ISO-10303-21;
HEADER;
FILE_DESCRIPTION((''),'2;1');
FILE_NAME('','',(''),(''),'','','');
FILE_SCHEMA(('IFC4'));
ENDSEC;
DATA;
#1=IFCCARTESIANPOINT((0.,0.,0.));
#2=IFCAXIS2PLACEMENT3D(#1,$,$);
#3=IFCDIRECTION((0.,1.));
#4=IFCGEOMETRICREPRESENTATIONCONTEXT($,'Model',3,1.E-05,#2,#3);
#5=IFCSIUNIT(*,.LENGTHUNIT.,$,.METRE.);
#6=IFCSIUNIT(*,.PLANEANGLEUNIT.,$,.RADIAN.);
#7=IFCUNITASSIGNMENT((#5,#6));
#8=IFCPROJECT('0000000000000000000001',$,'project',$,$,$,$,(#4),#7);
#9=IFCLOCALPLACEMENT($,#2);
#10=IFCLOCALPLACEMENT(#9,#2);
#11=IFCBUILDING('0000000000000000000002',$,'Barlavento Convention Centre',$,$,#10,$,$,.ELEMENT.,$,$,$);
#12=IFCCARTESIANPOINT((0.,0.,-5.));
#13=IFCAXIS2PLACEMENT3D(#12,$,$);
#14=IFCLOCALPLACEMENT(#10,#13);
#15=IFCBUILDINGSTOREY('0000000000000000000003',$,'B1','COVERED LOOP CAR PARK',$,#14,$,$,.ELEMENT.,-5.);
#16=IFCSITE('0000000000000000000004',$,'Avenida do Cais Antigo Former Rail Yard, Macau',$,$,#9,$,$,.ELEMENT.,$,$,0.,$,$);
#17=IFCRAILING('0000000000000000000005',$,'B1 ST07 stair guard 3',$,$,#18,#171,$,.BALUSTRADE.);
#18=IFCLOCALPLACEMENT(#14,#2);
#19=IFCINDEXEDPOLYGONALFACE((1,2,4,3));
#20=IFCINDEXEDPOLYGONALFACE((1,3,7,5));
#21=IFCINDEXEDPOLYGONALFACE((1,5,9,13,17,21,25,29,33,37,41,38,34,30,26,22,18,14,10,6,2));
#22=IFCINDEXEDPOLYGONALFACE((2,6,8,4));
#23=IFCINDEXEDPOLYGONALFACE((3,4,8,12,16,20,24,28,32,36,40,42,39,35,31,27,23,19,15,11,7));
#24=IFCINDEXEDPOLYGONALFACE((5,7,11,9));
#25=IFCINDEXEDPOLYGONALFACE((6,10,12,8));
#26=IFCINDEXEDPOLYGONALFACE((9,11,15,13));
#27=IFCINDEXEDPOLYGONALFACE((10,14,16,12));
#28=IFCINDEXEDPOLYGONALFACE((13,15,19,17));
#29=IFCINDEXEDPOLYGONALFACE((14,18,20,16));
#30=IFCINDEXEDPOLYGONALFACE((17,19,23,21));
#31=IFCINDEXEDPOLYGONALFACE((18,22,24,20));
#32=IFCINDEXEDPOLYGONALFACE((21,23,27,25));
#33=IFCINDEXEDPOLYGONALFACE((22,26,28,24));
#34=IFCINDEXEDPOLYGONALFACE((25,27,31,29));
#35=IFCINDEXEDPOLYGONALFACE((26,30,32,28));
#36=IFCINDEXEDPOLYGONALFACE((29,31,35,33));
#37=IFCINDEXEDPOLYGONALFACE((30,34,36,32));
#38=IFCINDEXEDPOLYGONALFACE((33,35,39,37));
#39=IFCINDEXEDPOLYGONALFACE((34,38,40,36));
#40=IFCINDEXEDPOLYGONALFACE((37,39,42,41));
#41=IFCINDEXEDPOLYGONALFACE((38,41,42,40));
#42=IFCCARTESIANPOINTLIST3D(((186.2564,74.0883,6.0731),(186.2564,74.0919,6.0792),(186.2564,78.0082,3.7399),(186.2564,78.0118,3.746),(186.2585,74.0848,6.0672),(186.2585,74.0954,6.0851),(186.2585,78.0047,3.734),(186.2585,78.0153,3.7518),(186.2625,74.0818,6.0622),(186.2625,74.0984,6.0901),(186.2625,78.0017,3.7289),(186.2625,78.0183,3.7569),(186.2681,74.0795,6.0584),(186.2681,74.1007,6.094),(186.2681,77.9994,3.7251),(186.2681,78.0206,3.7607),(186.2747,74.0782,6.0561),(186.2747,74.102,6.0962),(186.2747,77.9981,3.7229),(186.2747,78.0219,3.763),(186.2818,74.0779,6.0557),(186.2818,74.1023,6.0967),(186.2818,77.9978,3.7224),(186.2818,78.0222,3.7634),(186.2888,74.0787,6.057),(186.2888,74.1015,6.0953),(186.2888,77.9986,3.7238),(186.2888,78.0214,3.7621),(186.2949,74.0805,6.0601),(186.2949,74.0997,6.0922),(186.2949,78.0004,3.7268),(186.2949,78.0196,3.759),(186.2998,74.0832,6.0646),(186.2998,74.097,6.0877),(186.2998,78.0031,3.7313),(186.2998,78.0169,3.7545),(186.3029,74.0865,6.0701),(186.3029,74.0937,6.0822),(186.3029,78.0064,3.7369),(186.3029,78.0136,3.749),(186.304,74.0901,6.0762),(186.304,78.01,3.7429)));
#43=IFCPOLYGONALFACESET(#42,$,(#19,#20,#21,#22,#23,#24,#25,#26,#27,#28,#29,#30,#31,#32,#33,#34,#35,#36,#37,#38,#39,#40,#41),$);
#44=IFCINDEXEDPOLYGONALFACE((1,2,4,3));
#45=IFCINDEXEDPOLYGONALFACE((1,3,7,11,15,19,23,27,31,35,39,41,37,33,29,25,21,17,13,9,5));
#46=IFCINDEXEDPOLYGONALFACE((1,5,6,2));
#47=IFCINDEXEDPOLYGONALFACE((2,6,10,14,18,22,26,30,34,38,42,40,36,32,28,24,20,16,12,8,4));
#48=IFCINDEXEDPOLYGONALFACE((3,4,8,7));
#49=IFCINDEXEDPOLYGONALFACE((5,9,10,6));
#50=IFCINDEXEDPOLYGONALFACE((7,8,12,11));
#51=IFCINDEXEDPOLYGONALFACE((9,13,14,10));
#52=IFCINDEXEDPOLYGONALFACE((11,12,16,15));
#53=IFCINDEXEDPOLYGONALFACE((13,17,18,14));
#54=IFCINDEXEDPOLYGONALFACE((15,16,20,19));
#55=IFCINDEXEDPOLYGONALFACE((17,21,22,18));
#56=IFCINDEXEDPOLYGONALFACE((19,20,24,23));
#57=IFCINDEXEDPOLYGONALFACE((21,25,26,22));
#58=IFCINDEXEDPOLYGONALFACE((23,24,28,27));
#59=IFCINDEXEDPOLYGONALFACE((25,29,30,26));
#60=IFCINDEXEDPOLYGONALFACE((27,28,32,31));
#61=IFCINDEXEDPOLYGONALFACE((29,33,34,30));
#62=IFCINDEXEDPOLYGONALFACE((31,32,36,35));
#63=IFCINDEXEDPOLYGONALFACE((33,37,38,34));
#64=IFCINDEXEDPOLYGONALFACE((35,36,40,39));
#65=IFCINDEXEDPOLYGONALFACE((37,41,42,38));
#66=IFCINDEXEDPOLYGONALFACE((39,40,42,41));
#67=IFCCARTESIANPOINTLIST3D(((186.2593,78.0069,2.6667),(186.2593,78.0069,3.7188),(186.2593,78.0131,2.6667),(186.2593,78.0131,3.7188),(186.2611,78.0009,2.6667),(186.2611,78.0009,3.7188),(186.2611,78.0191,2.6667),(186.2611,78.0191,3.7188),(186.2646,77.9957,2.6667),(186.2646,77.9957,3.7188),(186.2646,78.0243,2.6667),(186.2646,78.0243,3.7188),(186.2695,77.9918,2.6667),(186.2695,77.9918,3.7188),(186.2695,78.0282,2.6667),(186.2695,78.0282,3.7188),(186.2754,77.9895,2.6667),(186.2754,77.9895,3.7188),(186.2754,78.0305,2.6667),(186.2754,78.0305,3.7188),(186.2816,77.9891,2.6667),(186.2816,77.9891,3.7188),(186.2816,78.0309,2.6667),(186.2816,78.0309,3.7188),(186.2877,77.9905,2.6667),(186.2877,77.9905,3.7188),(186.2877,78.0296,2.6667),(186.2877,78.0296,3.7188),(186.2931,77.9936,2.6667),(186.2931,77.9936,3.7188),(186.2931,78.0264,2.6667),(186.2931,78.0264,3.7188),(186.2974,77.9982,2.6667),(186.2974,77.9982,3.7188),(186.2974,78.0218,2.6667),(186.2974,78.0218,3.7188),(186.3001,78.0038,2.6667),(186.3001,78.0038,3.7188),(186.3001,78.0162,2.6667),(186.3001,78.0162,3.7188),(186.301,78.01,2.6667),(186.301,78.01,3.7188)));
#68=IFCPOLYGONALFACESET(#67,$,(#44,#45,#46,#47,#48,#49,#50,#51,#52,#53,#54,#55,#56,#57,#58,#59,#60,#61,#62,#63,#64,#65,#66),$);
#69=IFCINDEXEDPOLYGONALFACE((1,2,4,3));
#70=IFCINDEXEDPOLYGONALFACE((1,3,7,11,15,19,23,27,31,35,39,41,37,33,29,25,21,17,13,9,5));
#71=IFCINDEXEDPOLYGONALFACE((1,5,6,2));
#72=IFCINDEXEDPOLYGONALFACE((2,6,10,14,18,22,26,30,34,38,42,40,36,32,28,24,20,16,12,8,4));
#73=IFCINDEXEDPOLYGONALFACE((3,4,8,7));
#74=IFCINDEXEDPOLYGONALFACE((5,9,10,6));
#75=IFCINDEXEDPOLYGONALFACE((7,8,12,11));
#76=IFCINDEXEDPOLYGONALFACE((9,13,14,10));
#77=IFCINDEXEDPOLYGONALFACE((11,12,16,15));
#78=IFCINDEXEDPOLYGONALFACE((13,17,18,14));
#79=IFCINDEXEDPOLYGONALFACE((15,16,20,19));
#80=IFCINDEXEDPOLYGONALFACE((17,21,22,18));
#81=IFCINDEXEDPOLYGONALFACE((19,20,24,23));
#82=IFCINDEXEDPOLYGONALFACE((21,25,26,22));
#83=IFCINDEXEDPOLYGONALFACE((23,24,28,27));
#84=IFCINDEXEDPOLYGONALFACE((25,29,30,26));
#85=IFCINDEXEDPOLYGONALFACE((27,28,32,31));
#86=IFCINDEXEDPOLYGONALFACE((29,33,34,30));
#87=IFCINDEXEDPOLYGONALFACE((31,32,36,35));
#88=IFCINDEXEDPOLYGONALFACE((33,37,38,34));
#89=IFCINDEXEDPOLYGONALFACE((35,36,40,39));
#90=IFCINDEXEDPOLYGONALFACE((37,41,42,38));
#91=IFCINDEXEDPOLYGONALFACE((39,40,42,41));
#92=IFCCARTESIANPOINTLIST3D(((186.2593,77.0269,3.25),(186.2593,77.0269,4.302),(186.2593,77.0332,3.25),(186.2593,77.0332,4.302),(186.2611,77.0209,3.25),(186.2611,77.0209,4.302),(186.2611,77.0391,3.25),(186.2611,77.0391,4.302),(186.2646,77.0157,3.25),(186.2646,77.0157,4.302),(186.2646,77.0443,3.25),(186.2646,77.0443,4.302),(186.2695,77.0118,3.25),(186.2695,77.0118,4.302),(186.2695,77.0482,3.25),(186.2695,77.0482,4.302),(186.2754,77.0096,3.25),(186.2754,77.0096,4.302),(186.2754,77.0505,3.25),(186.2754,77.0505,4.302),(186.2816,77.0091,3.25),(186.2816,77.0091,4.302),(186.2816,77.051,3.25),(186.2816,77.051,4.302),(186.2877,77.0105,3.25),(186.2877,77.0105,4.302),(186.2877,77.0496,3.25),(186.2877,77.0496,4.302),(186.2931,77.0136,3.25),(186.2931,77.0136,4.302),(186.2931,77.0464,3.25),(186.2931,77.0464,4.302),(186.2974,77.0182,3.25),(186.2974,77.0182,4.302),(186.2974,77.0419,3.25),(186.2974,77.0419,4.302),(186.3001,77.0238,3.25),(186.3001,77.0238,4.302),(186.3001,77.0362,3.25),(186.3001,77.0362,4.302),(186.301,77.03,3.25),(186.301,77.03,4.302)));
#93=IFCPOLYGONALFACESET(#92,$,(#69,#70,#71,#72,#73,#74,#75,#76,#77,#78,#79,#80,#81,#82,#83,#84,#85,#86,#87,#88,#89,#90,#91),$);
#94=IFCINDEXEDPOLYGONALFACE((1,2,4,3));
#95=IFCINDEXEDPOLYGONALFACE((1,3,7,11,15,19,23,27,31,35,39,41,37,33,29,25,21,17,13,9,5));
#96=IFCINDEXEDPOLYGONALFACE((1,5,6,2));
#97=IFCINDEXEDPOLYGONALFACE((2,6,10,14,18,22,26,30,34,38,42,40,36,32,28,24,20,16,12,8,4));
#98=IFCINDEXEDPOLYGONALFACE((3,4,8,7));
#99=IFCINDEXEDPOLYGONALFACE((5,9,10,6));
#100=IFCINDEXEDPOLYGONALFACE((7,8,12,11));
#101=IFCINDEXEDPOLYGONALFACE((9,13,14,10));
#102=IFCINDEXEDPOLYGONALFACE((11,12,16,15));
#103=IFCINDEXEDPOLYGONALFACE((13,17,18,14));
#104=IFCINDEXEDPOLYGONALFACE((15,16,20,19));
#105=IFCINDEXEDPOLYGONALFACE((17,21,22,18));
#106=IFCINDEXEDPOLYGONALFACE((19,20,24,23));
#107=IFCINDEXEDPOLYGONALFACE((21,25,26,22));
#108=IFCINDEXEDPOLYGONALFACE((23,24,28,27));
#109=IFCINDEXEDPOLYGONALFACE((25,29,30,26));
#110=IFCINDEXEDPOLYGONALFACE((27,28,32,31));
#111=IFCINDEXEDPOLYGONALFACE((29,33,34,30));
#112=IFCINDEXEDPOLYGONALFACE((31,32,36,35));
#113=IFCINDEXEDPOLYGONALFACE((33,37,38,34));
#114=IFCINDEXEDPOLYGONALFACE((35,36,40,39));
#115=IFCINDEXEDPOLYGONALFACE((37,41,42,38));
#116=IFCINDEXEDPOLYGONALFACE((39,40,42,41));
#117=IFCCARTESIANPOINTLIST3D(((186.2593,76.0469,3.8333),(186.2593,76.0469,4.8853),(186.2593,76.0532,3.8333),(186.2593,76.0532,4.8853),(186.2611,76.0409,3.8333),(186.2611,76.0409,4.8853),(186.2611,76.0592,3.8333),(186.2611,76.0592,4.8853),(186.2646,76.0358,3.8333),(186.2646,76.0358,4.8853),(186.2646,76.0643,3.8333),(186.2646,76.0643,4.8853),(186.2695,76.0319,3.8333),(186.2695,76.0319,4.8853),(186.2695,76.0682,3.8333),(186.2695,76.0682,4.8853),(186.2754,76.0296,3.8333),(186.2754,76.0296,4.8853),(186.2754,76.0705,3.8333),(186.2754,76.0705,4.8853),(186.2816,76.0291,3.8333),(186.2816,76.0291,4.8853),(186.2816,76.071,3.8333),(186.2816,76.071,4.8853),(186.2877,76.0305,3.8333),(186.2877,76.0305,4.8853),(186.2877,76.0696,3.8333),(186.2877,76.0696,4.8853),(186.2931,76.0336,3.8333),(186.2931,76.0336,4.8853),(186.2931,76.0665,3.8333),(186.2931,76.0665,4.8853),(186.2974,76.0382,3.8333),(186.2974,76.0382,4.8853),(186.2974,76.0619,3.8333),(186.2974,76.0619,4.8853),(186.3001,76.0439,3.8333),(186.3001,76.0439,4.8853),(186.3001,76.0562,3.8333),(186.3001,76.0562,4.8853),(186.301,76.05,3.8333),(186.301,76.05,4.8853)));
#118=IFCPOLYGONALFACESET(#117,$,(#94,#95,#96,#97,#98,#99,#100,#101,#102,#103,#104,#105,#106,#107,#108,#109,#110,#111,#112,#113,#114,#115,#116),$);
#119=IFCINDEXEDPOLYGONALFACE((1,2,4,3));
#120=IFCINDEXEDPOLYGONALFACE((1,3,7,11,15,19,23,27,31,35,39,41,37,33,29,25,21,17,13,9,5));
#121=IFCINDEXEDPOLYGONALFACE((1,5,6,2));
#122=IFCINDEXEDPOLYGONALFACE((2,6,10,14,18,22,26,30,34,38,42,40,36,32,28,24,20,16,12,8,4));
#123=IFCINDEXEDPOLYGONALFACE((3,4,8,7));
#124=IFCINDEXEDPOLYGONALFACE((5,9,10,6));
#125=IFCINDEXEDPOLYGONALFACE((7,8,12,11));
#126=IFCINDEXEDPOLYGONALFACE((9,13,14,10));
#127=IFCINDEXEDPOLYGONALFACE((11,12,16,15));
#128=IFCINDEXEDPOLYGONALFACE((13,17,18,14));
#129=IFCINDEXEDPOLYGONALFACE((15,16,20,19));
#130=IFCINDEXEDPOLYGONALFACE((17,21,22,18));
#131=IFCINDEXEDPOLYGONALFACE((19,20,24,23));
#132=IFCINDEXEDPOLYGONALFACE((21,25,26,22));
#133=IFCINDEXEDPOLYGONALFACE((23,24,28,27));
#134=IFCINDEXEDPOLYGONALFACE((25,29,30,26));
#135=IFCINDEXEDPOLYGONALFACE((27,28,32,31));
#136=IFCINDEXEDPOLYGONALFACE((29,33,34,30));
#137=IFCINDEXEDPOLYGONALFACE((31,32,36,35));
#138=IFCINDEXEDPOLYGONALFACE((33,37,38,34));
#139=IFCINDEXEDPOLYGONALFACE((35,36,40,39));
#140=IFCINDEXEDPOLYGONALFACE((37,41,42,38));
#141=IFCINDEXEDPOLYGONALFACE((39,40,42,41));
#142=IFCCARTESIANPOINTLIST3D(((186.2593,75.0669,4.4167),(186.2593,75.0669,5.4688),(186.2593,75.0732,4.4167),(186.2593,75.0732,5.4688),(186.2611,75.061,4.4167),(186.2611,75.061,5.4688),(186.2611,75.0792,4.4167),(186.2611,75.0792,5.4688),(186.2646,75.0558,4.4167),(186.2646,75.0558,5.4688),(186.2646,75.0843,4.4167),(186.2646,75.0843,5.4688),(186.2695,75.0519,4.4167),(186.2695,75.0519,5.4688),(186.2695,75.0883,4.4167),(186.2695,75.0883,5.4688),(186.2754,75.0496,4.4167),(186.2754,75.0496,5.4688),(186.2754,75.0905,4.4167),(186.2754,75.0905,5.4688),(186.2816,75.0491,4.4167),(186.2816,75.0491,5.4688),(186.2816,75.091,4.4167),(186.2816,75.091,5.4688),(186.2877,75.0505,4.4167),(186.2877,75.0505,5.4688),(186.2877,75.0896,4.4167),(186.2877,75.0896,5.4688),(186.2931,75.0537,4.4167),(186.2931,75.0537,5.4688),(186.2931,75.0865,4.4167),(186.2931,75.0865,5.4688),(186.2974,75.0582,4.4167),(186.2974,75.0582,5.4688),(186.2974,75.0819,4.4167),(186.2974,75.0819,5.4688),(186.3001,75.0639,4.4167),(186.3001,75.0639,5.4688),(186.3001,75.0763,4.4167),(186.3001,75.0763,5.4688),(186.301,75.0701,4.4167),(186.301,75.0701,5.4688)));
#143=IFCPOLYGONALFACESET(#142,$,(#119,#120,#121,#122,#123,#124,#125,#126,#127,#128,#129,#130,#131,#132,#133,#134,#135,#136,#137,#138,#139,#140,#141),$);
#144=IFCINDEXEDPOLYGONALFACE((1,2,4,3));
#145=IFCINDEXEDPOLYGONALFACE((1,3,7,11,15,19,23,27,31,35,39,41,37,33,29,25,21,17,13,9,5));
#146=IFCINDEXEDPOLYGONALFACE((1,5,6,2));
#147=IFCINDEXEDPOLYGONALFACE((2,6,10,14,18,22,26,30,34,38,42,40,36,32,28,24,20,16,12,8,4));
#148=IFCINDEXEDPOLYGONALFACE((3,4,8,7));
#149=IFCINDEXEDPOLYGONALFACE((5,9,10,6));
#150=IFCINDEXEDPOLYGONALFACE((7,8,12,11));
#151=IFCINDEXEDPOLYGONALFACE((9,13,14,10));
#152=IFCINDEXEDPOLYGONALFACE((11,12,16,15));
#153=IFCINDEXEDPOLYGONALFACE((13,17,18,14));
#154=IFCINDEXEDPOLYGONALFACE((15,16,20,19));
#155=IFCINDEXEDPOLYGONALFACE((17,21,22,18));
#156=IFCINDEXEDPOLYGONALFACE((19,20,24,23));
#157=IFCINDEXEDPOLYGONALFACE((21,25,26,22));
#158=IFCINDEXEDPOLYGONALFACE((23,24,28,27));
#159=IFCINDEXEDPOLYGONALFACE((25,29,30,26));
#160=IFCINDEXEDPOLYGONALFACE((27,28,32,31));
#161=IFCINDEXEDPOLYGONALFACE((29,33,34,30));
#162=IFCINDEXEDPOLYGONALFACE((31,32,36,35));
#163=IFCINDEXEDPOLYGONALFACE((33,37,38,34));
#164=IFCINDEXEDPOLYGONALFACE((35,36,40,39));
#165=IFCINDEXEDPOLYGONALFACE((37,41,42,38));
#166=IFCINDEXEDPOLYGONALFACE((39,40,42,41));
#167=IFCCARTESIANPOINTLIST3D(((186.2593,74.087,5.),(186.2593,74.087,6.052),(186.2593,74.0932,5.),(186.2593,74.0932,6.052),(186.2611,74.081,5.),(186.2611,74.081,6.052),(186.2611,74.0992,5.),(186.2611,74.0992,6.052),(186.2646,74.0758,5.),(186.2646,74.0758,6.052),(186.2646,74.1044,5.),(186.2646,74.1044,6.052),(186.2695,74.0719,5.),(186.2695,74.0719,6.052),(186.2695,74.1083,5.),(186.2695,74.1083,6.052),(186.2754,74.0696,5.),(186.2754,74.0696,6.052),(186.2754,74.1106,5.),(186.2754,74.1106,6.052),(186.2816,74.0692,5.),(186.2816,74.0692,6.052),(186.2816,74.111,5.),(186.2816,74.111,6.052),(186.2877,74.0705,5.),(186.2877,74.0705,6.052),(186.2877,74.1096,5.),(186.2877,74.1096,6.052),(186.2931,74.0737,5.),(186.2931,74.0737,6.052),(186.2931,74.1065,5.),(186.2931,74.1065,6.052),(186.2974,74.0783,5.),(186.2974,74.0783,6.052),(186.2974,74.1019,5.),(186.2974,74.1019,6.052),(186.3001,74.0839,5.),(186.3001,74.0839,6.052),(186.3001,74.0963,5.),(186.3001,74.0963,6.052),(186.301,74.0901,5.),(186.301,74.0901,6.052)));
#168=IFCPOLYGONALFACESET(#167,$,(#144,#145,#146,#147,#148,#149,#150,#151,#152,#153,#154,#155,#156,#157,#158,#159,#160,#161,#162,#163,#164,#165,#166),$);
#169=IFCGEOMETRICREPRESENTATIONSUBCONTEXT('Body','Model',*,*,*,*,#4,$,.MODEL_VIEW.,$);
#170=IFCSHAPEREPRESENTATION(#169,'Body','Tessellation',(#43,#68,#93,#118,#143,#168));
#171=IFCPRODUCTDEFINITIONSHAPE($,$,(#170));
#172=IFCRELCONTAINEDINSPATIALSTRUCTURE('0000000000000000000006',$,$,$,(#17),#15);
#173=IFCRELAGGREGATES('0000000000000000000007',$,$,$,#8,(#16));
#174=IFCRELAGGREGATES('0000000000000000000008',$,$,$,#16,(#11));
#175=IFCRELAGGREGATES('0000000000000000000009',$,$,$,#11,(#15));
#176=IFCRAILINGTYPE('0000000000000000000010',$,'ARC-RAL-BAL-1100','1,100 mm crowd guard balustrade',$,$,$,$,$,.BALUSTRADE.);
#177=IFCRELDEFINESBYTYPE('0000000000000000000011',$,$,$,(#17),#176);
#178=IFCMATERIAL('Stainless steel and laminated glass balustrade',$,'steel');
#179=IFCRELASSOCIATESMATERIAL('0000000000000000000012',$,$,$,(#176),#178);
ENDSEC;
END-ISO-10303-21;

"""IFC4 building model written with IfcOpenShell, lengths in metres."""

from ifc_helpers import new_model, si_unit, direction, frame, origin, origin_2d, place, context, subcontext, project, spatial, circle, extrude, material, type_object, element, save


model = new_model("IFC4")

# Units and contexts
model_context = context("Model", 3, precision=1e-05, world=origin(), true_north=direction((0.0, 1.0)))
body_context = subcontext(model_context, "Body", "Model", "MODEL_VIEW")
ifc_project = project(units=[si_unit("LENGTHUNIT", "METRE"), si_unit("PLANEANGLEUNIT", "RADIAN")], contexts=[model_context])

# Site, building, storey
site_placement = place(None, origin())
site = spatial("IfcSite", under=ifc_project, at=site_placement, Name="Avenida do Cais Antigo Former Rail Yard, Macau", CompositionType="ELEMENT", RefElevation=0.0)
building_placement = place(site_placement, origin())
building = spatial("IfcBuilding", under=site, at=building_placement, Name="Barlavento Convention Centre", CompositionType="ELEMENT")
storey_placement = place(building_placement, frame((0.0, 0.0, -5.0)))
storey = spatial("IfcBuildingStorey", under=building, at=storey_placement, Name="B1", Description="COVERED LOOP CAR PARK", CompositionType="ELEMENT", Elevation=-5.0)

# Railing
ifc_material_1 = material(Name="Stainless steel and laminated glass balustrade", Category="steel")
railing_type_1 = type_object("IfcRailingType", Name="ARC-RAL-BAL-1100", Description="1,100 mm crowd guard balustrade", PredefinedType="BALUSTRADE", material=ifc_material_1)
railing_1_placement = place(storey_placement, frame((186.28, 78.01, 2.6667)))
element("IfcRailing", 1, at=railing_1_placement, inside=storey, type_object=railing_type_1, Name="B1 ST07 stair guard 3", PredefinedType="BALUSTRADE", context=body_context, shape_type="SweptSolid", body=[
    extrude(circle(Radius=0.0239, at=origin_2d()), frame((0.0, 0.0, 1.0762), z_axis=(0.0, -0.859296, 0.511478), x_axis=(1.0, 0.0, 0.0)), (0.0, 0.0, 1.0), 4.5618),
    extrude(circle(Radius=0.021, at=origin_2d()), origin(), (0.0, 0.0, 1.0), 1.052),
    extrude(circle(Radius=0.021, at=origin_2d()), frame((0.0, -0.98, 0.5833)), (0.0, 0.0, 1.0), 1.052),
    extrude(circle(Radius=0.021, at=origin_2d()), frame((0.0, -1.96, 1.1665)), (0.0, 0.0, 1.0), 1.052),
    extrude(circle(Radius=0.021, at=origin_2d()), frame((0.0, -2.9399, 1.75)), (0.0, 0.0, 1.0), 1.052),
    extrude(circle(Radius=0.021, at=origin_2d()), frame((0.0, -3.9199, 2.3333)), (0.0, 0.0, 1.0), 1.052),
])

save(model, "model.ifc")
